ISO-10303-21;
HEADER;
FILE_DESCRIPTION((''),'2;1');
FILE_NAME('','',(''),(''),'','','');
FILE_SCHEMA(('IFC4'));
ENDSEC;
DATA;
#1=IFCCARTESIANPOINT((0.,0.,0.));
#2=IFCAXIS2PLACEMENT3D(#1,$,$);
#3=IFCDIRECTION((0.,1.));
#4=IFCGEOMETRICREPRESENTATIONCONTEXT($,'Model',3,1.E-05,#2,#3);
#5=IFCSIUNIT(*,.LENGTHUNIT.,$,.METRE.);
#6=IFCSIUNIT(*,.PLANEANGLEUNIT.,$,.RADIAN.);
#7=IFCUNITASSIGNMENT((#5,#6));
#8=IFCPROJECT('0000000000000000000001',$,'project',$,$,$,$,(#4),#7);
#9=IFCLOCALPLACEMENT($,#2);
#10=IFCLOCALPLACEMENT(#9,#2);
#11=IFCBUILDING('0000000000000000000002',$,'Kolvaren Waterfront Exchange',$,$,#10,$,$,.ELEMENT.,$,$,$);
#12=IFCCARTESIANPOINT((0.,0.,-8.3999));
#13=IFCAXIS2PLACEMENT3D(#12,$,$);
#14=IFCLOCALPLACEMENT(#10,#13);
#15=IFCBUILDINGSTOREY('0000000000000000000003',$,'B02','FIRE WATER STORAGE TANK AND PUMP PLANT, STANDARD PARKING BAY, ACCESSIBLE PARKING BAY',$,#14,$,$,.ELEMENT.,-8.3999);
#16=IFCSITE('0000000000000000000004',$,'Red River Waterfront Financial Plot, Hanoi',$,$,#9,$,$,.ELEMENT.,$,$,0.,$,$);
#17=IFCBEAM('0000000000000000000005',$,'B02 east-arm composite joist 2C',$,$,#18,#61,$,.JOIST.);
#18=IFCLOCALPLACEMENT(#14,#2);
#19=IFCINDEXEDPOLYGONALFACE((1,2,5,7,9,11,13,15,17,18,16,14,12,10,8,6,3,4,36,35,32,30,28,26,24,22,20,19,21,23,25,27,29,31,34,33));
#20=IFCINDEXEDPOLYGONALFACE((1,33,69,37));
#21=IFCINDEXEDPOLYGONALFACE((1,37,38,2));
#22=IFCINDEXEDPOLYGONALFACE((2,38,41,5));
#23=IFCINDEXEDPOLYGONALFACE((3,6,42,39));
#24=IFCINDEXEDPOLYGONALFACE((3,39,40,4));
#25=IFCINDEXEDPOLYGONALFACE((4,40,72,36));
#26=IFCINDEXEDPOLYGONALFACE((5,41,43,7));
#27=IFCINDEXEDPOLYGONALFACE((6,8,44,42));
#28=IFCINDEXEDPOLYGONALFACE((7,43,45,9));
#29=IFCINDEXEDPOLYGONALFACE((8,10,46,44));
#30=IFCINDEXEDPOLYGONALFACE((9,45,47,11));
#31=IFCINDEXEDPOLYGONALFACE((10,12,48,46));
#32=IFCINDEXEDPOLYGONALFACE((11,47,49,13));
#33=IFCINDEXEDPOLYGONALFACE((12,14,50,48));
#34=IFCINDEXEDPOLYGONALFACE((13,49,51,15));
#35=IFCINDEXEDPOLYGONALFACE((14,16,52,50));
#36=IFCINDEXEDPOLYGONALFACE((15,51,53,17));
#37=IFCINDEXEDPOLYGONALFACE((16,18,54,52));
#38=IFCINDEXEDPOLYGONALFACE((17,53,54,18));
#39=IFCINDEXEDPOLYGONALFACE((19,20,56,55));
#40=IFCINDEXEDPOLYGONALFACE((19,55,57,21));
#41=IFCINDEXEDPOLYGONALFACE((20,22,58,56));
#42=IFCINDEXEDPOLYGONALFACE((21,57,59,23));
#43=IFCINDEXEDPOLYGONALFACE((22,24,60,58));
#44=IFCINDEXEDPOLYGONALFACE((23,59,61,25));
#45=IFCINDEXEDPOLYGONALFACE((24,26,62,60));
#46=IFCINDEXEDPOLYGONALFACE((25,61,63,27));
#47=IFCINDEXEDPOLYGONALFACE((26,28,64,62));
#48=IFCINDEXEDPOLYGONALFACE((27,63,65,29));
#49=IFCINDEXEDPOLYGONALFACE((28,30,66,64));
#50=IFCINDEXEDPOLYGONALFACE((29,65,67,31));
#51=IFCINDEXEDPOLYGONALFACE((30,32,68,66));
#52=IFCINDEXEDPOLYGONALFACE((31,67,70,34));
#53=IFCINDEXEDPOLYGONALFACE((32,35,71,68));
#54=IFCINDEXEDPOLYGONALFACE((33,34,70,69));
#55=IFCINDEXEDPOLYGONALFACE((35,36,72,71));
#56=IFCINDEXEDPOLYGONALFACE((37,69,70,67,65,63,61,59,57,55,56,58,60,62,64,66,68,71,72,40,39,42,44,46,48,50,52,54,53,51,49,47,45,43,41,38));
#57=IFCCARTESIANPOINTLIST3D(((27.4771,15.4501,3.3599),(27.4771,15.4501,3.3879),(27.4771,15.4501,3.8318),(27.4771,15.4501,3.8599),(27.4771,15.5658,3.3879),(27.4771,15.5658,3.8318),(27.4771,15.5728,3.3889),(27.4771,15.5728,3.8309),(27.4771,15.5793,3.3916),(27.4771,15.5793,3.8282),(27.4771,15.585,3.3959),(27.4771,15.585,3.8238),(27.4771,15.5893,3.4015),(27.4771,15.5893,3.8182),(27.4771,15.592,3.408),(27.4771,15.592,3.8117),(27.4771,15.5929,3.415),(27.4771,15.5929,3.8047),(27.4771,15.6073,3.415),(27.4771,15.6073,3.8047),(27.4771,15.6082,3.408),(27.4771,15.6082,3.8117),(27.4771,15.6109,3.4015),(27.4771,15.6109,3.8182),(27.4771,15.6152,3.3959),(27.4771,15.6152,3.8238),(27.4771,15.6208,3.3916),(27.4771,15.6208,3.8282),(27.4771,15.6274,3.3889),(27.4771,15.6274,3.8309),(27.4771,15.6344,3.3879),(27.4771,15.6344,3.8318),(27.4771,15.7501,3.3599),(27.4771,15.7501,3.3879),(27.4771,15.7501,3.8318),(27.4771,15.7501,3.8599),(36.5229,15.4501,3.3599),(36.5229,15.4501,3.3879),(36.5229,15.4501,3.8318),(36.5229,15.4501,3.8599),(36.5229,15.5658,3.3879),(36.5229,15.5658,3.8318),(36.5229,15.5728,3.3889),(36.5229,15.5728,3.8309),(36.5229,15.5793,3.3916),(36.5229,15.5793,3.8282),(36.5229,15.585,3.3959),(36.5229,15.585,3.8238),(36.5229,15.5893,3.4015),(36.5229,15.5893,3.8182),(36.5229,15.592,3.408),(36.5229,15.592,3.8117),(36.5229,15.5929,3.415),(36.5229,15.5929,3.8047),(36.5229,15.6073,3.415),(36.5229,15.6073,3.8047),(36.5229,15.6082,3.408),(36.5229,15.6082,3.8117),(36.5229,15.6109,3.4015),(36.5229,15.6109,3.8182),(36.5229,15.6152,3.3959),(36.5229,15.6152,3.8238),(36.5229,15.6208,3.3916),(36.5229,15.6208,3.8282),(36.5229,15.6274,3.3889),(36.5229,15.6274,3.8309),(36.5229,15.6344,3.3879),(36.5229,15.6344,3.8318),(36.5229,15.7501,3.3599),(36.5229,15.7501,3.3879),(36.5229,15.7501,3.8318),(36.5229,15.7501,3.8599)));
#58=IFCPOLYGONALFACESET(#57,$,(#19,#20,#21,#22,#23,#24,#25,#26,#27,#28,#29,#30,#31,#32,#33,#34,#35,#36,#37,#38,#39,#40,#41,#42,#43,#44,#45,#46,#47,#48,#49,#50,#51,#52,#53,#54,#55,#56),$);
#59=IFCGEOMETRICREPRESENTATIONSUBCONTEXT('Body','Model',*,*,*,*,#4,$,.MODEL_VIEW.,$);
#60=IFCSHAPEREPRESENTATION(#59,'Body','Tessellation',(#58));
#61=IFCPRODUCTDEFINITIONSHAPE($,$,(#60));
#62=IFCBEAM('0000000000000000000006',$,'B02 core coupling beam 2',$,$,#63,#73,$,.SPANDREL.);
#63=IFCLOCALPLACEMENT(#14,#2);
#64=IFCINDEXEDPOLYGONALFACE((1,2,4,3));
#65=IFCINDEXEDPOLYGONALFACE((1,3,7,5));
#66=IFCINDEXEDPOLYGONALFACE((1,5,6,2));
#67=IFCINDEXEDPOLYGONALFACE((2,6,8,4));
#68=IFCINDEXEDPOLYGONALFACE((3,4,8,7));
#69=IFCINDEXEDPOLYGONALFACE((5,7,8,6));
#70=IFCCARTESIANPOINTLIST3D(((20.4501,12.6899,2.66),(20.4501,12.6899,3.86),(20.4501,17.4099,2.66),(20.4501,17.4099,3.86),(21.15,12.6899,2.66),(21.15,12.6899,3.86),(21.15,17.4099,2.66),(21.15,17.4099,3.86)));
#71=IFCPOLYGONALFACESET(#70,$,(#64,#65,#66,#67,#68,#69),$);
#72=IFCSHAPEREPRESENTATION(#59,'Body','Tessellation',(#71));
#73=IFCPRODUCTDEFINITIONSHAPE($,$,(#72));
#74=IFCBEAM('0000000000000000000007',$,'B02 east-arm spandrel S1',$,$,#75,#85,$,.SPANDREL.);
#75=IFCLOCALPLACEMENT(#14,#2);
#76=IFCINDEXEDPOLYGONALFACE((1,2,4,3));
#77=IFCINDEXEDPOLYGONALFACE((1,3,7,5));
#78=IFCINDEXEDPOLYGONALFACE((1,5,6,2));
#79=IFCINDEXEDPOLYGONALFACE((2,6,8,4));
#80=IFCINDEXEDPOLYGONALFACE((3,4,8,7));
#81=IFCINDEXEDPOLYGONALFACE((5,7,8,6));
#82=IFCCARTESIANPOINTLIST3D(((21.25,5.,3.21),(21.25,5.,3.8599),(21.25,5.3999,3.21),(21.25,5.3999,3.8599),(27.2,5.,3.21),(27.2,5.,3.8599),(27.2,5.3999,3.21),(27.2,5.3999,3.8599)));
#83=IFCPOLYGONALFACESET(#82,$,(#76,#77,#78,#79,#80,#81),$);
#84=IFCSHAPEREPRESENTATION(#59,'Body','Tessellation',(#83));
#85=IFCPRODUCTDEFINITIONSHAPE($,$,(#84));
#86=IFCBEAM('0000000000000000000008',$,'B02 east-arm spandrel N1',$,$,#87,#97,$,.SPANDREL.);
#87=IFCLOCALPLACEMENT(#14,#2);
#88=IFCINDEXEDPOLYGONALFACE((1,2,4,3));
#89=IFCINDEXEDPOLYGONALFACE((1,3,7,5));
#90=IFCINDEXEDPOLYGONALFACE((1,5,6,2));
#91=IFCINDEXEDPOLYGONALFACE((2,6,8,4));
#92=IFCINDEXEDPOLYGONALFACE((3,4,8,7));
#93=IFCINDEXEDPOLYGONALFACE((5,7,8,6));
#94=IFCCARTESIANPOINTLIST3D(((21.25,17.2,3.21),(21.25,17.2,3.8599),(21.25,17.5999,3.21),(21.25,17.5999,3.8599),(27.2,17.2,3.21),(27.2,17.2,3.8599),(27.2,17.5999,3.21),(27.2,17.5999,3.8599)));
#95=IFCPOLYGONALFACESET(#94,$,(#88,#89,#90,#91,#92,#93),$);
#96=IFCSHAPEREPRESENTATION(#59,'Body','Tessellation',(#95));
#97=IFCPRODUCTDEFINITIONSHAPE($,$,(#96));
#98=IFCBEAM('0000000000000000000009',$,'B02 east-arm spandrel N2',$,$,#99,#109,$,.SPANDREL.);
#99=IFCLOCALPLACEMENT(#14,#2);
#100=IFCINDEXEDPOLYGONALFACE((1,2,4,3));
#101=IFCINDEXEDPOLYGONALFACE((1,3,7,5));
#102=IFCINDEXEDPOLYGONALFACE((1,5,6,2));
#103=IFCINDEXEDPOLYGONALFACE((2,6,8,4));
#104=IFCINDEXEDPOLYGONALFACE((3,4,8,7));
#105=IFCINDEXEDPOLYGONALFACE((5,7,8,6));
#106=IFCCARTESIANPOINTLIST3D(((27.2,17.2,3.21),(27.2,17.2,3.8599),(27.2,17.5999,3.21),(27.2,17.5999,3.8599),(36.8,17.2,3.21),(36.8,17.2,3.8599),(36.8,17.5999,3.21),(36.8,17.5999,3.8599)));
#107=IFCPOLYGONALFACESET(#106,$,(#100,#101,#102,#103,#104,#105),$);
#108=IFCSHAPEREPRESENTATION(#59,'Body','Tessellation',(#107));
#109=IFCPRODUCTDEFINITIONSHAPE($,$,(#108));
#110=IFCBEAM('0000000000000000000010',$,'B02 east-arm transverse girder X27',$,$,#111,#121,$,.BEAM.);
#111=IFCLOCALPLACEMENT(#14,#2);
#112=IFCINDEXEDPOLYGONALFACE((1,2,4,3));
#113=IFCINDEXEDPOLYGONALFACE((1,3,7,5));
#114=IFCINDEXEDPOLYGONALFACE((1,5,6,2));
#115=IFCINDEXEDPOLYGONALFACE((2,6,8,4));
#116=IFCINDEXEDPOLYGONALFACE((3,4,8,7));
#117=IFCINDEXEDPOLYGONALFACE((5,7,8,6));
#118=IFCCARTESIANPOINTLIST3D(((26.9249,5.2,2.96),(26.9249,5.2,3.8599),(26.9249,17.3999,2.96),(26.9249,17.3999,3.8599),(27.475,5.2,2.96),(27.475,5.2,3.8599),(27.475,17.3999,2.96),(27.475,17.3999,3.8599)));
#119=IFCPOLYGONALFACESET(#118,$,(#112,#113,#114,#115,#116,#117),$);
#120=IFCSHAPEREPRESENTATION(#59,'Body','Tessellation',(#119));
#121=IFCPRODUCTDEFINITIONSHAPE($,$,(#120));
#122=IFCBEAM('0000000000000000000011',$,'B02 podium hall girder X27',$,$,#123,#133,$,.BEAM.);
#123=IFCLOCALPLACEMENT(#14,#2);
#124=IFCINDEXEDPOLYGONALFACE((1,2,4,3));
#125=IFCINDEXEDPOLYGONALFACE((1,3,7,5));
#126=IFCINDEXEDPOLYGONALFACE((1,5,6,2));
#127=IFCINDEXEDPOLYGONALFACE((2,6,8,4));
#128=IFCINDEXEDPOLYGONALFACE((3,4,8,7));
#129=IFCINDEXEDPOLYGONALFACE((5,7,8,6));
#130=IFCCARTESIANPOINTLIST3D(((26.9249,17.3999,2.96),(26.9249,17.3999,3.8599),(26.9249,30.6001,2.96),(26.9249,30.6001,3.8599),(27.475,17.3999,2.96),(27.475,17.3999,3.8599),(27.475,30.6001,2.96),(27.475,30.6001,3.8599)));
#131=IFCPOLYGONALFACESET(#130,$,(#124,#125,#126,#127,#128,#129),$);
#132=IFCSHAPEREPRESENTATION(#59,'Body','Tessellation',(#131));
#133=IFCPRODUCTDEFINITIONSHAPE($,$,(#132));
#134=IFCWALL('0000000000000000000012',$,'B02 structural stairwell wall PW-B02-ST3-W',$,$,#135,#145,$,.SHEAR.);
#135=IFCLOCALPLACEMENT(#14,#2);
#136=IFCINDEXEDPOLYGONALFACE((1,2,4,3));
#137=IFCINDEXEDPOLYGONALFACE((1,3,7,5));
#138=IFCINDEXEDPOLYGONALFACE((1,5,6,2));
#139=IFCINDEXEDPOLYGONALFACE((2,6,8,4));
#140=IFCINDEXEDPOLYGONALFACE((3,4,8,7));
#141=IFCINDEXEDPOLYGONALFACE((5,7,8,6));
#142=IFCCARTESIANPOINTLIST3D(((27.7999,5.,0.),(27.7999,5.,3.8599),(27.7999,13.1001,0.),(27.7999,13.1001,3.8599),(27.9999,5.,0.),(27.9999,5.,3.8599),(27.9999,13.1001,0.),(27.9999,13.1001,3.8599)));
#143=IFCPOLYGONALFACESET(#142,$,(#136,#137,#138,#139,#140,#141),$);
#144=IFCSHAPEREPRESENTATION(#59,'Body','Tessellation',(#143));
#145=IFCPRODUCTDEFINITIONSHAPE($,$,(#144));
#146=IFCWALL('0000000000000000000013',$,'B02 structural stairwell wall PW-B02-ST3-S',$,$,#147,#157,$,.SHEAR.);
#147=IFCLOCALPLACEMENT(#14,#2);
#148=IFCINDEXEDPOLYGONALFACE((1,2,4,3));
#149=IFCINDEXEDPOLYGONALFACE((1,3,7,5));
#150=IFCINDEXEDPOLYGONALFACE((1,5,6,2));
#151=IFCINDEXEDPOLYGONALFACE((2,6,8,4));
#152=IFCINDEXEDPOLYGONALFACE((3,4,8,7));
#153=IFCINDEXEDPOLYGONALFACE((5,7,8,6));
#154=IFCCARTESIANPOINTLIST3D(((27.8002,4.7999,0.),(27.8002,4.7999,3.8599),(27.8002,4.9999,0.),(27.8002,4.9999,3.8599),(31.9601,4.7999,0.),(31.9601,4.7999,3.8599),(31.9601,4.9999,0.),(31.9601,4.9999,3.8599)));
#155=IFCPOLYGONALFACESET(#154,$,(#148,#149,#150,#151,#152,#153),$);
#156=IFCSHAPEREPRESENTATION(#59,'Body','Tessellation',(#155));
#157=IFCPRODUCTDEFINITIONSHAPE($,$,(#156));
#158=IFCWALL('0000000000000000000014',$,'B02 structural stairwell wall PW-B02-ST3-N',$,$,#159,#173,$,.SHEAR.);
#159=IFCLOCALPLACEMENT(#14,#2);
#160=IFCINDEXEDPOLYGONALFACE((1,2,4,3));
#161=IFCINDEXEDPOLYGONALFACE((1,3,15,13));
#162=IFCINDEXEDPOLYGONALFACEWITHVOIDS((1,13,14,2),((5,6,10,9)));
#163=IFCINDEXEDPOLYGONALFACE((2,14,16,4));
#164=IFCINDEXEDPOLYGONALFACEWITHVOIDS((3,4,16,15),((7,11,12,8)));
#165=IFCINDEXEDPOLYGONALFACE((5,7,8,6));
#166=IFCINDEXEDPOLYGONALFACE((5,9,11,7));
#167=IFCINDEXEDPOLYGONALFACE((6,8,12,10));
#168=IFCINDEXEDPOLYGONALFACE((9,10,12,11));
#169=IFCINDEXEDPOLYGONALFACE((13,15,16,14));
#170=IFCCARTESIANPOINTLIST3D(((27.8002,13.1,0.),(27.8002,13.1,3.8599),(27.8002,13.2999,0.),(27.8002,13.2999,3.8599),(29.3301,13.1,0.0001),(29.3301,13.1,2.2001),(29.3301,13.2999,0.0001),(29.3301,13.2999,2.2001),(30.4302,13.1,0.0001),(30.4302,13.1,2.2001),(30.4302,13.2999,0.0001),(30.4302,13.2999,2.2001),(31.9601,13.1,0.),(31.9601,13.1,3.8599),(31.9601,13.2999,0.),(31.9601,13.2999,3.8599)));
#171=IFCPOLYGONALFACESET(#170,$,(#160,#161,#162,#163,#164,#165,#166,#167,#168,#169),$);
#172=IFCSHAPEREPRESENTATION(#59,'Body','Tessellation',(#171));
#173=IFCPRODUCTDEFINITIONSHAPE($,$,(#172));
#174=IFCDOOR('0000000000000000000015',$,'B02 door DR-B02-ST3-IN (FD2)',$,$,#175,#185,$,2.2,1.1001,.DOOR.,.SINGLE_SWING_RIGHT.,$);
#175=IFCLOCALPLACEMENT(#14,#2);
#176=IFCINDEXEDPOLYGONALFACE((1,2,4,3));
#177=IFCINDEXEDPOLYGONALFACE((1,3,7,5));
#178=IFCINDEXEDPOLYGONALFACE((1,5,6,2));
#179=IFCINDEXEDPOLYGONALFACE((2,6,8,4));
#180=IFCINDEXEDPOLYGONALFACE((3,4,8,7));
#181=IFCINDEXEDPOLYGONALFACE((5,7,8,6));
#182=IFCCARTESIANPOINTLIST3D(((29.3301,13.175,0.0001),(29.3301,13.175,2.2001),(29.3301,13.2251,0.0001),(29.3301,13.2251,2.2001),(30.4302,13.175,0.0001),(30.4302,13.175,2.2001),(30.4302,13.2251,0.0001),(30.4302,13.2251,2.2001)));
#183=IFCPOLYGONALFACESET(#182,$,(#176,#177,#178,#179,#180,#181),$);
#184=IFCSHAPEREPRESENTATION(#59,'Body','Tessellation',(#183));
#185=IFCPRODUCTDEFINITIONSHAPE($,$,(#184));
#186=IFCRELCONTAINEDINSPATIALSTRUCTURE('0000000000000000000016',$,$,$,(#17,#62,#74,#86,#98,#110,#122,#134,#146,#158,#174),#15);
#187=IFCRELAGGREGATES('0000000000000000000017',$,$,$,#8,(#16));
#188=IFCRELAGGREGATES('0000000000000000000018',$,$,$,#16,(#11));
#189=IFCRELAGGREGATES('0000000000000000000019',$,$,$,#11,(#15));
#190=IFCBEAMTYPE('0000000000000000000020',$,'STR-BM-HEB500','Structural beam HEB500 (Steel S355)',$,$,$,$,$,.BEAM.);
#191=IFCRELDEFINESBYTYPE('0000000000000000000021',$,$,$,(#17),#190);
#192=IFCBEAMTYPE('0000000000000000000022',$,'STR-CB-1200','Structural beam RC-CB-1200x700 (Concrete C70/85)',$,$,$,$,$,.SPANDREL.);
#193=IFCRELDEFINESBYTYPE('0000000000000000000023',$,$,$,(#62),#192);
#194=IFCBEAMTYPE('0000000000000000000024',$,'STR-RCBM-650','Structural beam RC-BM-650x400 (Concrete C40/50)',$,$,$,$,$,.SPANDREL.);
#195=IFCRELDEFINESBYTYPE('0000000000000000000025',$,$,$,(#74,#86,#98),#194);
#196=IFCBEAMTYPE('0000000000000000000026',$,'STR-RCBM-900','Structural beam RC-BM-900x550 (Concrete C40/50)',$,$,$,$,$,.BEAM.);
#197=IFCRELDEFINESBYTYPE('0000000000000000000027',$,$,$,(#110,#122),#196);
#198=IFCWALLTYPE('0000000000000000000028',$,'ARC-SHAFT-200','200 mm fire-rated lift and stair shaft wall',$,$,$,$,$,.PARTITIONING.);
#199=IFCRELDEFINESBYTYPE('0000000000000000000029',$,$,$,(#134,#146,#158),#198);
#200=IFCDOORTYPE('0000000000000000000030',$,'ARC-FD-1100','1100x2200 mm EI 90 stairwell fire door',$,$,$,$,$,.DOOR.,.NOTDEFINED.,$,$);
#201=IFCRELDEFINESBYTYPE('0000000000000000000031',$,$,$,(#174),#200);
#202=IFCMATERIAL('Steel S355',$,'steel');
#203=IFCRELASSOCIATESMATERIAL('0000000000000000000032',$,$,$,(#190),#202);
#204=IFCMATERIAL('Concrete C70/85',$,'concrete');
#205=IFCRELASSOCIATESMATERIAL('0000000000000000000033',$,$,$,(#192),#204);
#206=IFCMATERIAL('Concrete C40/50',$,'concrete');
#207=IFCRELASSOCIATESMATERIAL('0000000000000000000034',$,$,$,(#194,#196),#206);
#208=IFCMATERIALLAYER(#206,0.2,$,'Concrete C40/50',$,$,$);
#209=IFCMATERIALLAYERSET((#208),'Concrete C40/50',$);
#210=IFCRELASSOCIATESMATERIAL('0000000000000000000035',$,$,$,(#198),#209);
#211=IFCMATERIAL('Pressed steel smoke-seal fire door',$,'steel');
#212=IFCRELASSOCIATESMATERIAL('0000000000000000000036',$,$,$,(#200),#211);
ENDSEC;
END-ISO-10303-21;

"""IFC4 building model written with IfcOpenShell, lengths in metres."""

from ifc_helpers import new_model, si_unit, direction, frame, frame_2d, origin, origin_2d, place, context, subcontext, project, spatial, rectangle, i_section, extrude, material, layer, layer_set, material_profile, profile_set, type_object, element, fill, save


model = new_model("IFC4")

# Units and contexts
model_context = context("Model", 3, precision=1e-05, world=origin(), true_north=direction((0.0, 1.0)))
body_context = subcontext(model_context, "Body", "Model", "MODEL_VIEW")
ifc_project = project(units=[si_unit("LENGTHUNIT", "METRE"), si_unit("PLANEANGLEUNIT", "RADIAN")], contexts=[model_context])

# Site, building, storey
site_placement = place(None, origin())
site = spatial("IfcSite", under=ifc_project, at=site_placement, Name="Red River Waterfront Financial Plot, Hanoi", CompositionType="ELEMENT", RefElevation=0.0)
building_placement = place(site_placement, origin())
building = spatial("IfcBuilding", under=site, at=building_placement, Name="Kolvaren Waterfront Exchange", CompositionType="ELEMENT")
storey_placement = place(building_placement, frame((0.0, 0.0, -8.3999)))
storey = spatial("IfcBuildingStorey", under=building, at=storey_placement, Name="B02", Description="FIRE WATER STORAGE TANK AND PUMP PLANT, STANDARD PARKING BAY, ACCESSIBLE PARKING BAY", CompositionType="ELEMENT", Elevation=-8.3999)

# Shared definitions
ifc_material_1 = material(Name="Concrete C40/50", Category="concrete")

# Shared definitions
ifc_material_2 = material(Name="Concrete C70/85", Category="concrete")

# Beams
ifc_material_3 = material(Name="Steel S355", Category="steel")
ifc_material_profile_1 = material_profile(ifc_material_3, i_section(OverallWidth=0.3, OverallDepth=0.5, WebThickness=0.0144, FlangeThickness=0.0281, FilletRadius=0.0271, at=origin_2d()), Name="HEB500")
ifc_profile_set_1 = profile_set([ifc_material_profile_1], Name="Steel S355")
beam_type_1 = type_object("IfcBeamType", Name="STR-BM-HEB500", Description="Structural beam HEB500 (Steel S355)", PredefinedType="BEAM", material=ifc_profile_set_1)
for number, where, z_axis, x_axis, name in (
    (1, (27.4771, 15.6001, 3.6099), (1.0, 0.0, 0.0), (0.0, 1.0, 0.0), "B02 east-arm composite joist 2C"),
):
    element("IfcBeam", number, at=place(storey_placement, frame(where, z_axis=z_axis, x_axis=x_axis)), inside=storey, type_object=beam_type_1, Name=name, PredefinedType="JOIST", context=body_context, shape_type="SweptSolid", body=[
        extrude(i_section(OverallWidth=0.3, OverallDepth=0.5, WebThickness=0.0144, FlangeThickness=0.0281, FilletRadius=0.0271, at=origin_2d()), origin(), (0.0, 0.0, 1.0), 9.0459),
    ])
ifc_material_profile_2 = material_profile(ifc_material_2, rectangle(XDim=0.7, YDim=1.2, at=origin_2d()), Name="RC-CB-1200x700")
ifc_profile_set_2 = profile_set([ifc_material_profile_2], Name="Concrete C70/85")
beam_type_2 = type_object("IfcBeamType", Name="STR-CB-1200", Description="Structural beam RC-CB-1200x700 (Concrete C70/85)", PredefinedType="SPANDREL", material=ifc_profile_set_2)
beam_1_placement = place(storey_placement, frame((20.8, 12.6899, 3.26), z_axis=(0.0, 1.0, 0.0), x_axis=(-1.0, 0.0, 0.0)))
element("IfcBeam", 2, at=beam_1_placement, inside=storey, type_object=beam_type_2, Name="B02 core coupling beam 2", PredefinedType="SPANDREL", context=body_context, shape_type="SweptSolid", body=[
    extrude(rectangle(XDim=0.7, YDim=1.2, at=origin_2d()), origin(), (0.0, 0.0, 1.0), 4.72),
])
ifc_material_profile_3 = material_profile(ifc_material_1, rectangle(XDim=0.3999, YDim=0.6499, at=origin_2d()), Name="RC-BM-650x400")
ifc_profile_set_3 = profile_set([ifc_material_profile_3], Name="Concrete C40/50")
beam_type_3 = type_object("IfcBeamType", Name="STR-RCBM-650", Description="Structural beam RC-BM-650x400 (Concrete C40/50)", PredefinedType="SPANDREL", material=ifc_profile_set_3)
for number, where, z_axis, x_axis, name in (
    (3, (21.25, 5.2, 3.5349), (1.0, 0.0, 0.0), (0.0, 1.0, 0.0), "B02 east-arm spandrel S1"),
    (4, (21.25, 17.3999, 3.5349), (1.0, 0.0, 0.0), (0.0, 1.0, 0.0), "B02 east-arm spandrel N1"),
):
    element("IfcBeam", number, at=place(storey_placement, frame(where, z_axis=z_axis, x_axis=x_axis)), inside=storey, type_object=beam_type_3, Name=name, PredefinedType="SPANDREL", context=body_context, shape_type="SweptSolid", body=[
        extrude(rectangle(XDim=0.3999, YDim=0.6499, at=origin_2d()), origin(), (0.0, 0.0, 1.0), 5.95),
    ])
beam_2_placement = place(storey_placement, frame((27.2, 17.3999, 3.5349), z_axis=(1.0, 0.0, 0.0), x_axis=(0.0, 1.0, 0.0)))
element("IfcBeam", 5, at=beam_2_placement, inside=storey, type_object=beam_type_3, Name="B02 east-arm spandrel N2", PredefinedType="SPANDREL", context=body_context, shape_type="SweptSolid", body=[
    extrude(rectangle(XDim=0.3999, YDim=0.6499, at=origin_2d()), origin(), (0.0, 0.0, 1.0), 9.6001),
])
ifc_material_profile_4 = material_profile(ifc_material_1, rectangle(XDim=0.55, YDim=0.8999, at=origin_2d()), Name="RC-BM-900x550")
ifc_profile_set_4 = profile_set([ifc_material_profile_4], Name="Concrete C40/50")
beam_type_4 = type_object("IfcBeamType", Name="STR-RCBM-900", Description="Structural beam RC-BM-900x550 (Concrete C40/50)", PredefinedType="BEAM", material=ifc_profile_set_4)
beam_3_placement = place(storey_placement, frame((27.2, 5.2, 3.4099), z_axis=(0.0, 1.0, 0.0), x_axis=(-1.0, 0.0, 0.0)))
element("IfcBeam", 6, at=beam_3_placement, inside=storey, type_object=beam_type_4, Name="B02 east-arm transverse girder X27", PredefinedType="BEAM", context=body_context, shape_type="SweptSolid", body=[
    extrude(rectangle(XDim=0.55, YDim=0.8999, at=origin_2d()), origin(), (0.0, 0.0, 1.0), 12.2),
])
beam_4_placement = place(storey_placement, frame((27.2, 17.3999, 3.4099), z_axis=(0.0, 1.0, 0.0), x_axis=(-1.0, 0.0, 0.0)))
element("IfcBeam", 7, at=beam_4_placement, inside=storey, type_object=beam_type_4, Name="B02 podium hall girder X27", PredefinedType="BEAM", context=body_context, shape_type="SweptSolid", body=[
    extrude(rectangle(XDim=0.55, YDim=0.8999, at=origin_2d()), origin(), (0.0, 0.0, 1.0), 13.2002),
])

# Walls
ifc_layer = layer(ifc_material_1, 0.2, Name="Concrete C40/50")
ifc_layer_set = layer_set([ifc_layer], Name="Concrete C40/50")
wall_type = type_object("IfcWallType", Name="ARC-SHAFT-200", Description="200 mm fire-rated lift and stair shaft wall", PredefinedType="PARTITIONING", material=ifc_layer_set)
wall_1_placement = place(storey_placement, frame((27.8999, 5.0, 0.0), z_axis=(0.0, 0.0, 1.0), x_axis=(0.0, 1.0, 0.0)))
element("IfcWall", 8, at=wall_1_placement, inside=storey, type_object=wall_type, Name="B02 structural stairwell wall PW-B02-ST3-W", PredefinedType="SHEAR", context=body_context, shape_type="SweptSolid", body=[
    extrude(rectangle(XDim=8.1001, YDim=0.2, at=frame_2d((4.05, 0.0))), origin(), (0.0, 0.0, 1.0), 3.8599),
])
wall_2_placement = place(storey_placement, frame((27.8, 4.8999, 0.0), z_axis=(0.0, 0.0, 1.0), x_axis=(1.0, 0.0, 0.0)))
element("IfcWall", 9, at=wall_2_placement, inside=storey, type_object=wall_type, Name="B02 structural stairwell wall PW-B02-ST3-S", PredefinedType="SHEAR", context=body_context, shape_type="SweptSolid", body=[
    extrude(rectangle(XDim=4.1599, YDim=0.2, at=frame_2d((2.0801, 0.0))), origin(), (0.0, 0.0, 1.0), 3.8599),
])

# Wall, opening, door
wall_3_placement = place(storey_placement, frame((27.8, 13.2, 0.0), z_axis=(0.0, 0.0, 1.0), x_axis=(1.0, 0.0, 0.0)))
wall_3 = element("IfcWall", 10, at=wall_3_placement, inside=storey, type_object=wall_type, Name="B02 structural stairwell wall PW-B02-ST3-N", PredefinedType="SHEAR", context=body_context, shape_type="SweptSolid", body=[
    extrude(rectangle(XDim=4.1599, YDim=0.2, at=frame_2d((2.0801, 0.0))), origin(), (0.0, 0.0, 1.0), 3.8599),
])
opening_placement = place(wall_3_placement, frame((1.53, 0.0, 0.0)))
opening = element("IfcOpeningElement", 11, at=opening_placement, cuts=wall_3, PredefinedType="OPENING", context=body_context, shape_type="SweptSolid", body=[
    extrude(rectangle(XDim=1.1001, YDim=2.2, at=frame_2d((0.55, 1.1001))), frame((0.0, 0.1099, 0.0), z_axis=(0.0, -1.0, 0.0), x_axis=(1.0, 0.0, 0.0)), (0.0, 0.0, 1.0), 0.22),
])
ifc_material_4 = material(Name="Pressed steel smoke-seal fire door", Category="steel")
door_type = type_object("IfcDoorType", Name="ARC-FD-1100", Description="1100x2200 mm EI 90 stairwell fire door", OperationType="NOTDEFINED", PredefinedType="DOOR", material=ifc_material_4)
door_placement = place(opening_placement, frame((1.1001, 0.0, 0.0), z_axis=(0.0, 0.0, 1.0), x_axis=(-1.0, 0.0, 0.0)))
door = element("IfcDoor", 12, at=door_placement, inside=storey, type_object=door_type, Name="B02 door DR-B02-ST3-IN (FD2)", OperationType="SINGLE_SWING_RIGHT", OverallHeight=2.2, OverallWidth=1.1001, PredefinedType="DOOR", context=body_context, shape_type="SweptSolid", body=[
    extrude(rectangle(XDim=1.1001, YDim=2.2, at=frame_2d((0.55, 1.1001))), frame((0.0, 0.0249, 0.0), z_axis=(0.0, -1.0, 0.0), x_axis=(1.0, 0.0, 0.0)), (0.0, 0.0, 1.0), 0.05),
])
fill(opening, door)

save(model, "model.ifc")
